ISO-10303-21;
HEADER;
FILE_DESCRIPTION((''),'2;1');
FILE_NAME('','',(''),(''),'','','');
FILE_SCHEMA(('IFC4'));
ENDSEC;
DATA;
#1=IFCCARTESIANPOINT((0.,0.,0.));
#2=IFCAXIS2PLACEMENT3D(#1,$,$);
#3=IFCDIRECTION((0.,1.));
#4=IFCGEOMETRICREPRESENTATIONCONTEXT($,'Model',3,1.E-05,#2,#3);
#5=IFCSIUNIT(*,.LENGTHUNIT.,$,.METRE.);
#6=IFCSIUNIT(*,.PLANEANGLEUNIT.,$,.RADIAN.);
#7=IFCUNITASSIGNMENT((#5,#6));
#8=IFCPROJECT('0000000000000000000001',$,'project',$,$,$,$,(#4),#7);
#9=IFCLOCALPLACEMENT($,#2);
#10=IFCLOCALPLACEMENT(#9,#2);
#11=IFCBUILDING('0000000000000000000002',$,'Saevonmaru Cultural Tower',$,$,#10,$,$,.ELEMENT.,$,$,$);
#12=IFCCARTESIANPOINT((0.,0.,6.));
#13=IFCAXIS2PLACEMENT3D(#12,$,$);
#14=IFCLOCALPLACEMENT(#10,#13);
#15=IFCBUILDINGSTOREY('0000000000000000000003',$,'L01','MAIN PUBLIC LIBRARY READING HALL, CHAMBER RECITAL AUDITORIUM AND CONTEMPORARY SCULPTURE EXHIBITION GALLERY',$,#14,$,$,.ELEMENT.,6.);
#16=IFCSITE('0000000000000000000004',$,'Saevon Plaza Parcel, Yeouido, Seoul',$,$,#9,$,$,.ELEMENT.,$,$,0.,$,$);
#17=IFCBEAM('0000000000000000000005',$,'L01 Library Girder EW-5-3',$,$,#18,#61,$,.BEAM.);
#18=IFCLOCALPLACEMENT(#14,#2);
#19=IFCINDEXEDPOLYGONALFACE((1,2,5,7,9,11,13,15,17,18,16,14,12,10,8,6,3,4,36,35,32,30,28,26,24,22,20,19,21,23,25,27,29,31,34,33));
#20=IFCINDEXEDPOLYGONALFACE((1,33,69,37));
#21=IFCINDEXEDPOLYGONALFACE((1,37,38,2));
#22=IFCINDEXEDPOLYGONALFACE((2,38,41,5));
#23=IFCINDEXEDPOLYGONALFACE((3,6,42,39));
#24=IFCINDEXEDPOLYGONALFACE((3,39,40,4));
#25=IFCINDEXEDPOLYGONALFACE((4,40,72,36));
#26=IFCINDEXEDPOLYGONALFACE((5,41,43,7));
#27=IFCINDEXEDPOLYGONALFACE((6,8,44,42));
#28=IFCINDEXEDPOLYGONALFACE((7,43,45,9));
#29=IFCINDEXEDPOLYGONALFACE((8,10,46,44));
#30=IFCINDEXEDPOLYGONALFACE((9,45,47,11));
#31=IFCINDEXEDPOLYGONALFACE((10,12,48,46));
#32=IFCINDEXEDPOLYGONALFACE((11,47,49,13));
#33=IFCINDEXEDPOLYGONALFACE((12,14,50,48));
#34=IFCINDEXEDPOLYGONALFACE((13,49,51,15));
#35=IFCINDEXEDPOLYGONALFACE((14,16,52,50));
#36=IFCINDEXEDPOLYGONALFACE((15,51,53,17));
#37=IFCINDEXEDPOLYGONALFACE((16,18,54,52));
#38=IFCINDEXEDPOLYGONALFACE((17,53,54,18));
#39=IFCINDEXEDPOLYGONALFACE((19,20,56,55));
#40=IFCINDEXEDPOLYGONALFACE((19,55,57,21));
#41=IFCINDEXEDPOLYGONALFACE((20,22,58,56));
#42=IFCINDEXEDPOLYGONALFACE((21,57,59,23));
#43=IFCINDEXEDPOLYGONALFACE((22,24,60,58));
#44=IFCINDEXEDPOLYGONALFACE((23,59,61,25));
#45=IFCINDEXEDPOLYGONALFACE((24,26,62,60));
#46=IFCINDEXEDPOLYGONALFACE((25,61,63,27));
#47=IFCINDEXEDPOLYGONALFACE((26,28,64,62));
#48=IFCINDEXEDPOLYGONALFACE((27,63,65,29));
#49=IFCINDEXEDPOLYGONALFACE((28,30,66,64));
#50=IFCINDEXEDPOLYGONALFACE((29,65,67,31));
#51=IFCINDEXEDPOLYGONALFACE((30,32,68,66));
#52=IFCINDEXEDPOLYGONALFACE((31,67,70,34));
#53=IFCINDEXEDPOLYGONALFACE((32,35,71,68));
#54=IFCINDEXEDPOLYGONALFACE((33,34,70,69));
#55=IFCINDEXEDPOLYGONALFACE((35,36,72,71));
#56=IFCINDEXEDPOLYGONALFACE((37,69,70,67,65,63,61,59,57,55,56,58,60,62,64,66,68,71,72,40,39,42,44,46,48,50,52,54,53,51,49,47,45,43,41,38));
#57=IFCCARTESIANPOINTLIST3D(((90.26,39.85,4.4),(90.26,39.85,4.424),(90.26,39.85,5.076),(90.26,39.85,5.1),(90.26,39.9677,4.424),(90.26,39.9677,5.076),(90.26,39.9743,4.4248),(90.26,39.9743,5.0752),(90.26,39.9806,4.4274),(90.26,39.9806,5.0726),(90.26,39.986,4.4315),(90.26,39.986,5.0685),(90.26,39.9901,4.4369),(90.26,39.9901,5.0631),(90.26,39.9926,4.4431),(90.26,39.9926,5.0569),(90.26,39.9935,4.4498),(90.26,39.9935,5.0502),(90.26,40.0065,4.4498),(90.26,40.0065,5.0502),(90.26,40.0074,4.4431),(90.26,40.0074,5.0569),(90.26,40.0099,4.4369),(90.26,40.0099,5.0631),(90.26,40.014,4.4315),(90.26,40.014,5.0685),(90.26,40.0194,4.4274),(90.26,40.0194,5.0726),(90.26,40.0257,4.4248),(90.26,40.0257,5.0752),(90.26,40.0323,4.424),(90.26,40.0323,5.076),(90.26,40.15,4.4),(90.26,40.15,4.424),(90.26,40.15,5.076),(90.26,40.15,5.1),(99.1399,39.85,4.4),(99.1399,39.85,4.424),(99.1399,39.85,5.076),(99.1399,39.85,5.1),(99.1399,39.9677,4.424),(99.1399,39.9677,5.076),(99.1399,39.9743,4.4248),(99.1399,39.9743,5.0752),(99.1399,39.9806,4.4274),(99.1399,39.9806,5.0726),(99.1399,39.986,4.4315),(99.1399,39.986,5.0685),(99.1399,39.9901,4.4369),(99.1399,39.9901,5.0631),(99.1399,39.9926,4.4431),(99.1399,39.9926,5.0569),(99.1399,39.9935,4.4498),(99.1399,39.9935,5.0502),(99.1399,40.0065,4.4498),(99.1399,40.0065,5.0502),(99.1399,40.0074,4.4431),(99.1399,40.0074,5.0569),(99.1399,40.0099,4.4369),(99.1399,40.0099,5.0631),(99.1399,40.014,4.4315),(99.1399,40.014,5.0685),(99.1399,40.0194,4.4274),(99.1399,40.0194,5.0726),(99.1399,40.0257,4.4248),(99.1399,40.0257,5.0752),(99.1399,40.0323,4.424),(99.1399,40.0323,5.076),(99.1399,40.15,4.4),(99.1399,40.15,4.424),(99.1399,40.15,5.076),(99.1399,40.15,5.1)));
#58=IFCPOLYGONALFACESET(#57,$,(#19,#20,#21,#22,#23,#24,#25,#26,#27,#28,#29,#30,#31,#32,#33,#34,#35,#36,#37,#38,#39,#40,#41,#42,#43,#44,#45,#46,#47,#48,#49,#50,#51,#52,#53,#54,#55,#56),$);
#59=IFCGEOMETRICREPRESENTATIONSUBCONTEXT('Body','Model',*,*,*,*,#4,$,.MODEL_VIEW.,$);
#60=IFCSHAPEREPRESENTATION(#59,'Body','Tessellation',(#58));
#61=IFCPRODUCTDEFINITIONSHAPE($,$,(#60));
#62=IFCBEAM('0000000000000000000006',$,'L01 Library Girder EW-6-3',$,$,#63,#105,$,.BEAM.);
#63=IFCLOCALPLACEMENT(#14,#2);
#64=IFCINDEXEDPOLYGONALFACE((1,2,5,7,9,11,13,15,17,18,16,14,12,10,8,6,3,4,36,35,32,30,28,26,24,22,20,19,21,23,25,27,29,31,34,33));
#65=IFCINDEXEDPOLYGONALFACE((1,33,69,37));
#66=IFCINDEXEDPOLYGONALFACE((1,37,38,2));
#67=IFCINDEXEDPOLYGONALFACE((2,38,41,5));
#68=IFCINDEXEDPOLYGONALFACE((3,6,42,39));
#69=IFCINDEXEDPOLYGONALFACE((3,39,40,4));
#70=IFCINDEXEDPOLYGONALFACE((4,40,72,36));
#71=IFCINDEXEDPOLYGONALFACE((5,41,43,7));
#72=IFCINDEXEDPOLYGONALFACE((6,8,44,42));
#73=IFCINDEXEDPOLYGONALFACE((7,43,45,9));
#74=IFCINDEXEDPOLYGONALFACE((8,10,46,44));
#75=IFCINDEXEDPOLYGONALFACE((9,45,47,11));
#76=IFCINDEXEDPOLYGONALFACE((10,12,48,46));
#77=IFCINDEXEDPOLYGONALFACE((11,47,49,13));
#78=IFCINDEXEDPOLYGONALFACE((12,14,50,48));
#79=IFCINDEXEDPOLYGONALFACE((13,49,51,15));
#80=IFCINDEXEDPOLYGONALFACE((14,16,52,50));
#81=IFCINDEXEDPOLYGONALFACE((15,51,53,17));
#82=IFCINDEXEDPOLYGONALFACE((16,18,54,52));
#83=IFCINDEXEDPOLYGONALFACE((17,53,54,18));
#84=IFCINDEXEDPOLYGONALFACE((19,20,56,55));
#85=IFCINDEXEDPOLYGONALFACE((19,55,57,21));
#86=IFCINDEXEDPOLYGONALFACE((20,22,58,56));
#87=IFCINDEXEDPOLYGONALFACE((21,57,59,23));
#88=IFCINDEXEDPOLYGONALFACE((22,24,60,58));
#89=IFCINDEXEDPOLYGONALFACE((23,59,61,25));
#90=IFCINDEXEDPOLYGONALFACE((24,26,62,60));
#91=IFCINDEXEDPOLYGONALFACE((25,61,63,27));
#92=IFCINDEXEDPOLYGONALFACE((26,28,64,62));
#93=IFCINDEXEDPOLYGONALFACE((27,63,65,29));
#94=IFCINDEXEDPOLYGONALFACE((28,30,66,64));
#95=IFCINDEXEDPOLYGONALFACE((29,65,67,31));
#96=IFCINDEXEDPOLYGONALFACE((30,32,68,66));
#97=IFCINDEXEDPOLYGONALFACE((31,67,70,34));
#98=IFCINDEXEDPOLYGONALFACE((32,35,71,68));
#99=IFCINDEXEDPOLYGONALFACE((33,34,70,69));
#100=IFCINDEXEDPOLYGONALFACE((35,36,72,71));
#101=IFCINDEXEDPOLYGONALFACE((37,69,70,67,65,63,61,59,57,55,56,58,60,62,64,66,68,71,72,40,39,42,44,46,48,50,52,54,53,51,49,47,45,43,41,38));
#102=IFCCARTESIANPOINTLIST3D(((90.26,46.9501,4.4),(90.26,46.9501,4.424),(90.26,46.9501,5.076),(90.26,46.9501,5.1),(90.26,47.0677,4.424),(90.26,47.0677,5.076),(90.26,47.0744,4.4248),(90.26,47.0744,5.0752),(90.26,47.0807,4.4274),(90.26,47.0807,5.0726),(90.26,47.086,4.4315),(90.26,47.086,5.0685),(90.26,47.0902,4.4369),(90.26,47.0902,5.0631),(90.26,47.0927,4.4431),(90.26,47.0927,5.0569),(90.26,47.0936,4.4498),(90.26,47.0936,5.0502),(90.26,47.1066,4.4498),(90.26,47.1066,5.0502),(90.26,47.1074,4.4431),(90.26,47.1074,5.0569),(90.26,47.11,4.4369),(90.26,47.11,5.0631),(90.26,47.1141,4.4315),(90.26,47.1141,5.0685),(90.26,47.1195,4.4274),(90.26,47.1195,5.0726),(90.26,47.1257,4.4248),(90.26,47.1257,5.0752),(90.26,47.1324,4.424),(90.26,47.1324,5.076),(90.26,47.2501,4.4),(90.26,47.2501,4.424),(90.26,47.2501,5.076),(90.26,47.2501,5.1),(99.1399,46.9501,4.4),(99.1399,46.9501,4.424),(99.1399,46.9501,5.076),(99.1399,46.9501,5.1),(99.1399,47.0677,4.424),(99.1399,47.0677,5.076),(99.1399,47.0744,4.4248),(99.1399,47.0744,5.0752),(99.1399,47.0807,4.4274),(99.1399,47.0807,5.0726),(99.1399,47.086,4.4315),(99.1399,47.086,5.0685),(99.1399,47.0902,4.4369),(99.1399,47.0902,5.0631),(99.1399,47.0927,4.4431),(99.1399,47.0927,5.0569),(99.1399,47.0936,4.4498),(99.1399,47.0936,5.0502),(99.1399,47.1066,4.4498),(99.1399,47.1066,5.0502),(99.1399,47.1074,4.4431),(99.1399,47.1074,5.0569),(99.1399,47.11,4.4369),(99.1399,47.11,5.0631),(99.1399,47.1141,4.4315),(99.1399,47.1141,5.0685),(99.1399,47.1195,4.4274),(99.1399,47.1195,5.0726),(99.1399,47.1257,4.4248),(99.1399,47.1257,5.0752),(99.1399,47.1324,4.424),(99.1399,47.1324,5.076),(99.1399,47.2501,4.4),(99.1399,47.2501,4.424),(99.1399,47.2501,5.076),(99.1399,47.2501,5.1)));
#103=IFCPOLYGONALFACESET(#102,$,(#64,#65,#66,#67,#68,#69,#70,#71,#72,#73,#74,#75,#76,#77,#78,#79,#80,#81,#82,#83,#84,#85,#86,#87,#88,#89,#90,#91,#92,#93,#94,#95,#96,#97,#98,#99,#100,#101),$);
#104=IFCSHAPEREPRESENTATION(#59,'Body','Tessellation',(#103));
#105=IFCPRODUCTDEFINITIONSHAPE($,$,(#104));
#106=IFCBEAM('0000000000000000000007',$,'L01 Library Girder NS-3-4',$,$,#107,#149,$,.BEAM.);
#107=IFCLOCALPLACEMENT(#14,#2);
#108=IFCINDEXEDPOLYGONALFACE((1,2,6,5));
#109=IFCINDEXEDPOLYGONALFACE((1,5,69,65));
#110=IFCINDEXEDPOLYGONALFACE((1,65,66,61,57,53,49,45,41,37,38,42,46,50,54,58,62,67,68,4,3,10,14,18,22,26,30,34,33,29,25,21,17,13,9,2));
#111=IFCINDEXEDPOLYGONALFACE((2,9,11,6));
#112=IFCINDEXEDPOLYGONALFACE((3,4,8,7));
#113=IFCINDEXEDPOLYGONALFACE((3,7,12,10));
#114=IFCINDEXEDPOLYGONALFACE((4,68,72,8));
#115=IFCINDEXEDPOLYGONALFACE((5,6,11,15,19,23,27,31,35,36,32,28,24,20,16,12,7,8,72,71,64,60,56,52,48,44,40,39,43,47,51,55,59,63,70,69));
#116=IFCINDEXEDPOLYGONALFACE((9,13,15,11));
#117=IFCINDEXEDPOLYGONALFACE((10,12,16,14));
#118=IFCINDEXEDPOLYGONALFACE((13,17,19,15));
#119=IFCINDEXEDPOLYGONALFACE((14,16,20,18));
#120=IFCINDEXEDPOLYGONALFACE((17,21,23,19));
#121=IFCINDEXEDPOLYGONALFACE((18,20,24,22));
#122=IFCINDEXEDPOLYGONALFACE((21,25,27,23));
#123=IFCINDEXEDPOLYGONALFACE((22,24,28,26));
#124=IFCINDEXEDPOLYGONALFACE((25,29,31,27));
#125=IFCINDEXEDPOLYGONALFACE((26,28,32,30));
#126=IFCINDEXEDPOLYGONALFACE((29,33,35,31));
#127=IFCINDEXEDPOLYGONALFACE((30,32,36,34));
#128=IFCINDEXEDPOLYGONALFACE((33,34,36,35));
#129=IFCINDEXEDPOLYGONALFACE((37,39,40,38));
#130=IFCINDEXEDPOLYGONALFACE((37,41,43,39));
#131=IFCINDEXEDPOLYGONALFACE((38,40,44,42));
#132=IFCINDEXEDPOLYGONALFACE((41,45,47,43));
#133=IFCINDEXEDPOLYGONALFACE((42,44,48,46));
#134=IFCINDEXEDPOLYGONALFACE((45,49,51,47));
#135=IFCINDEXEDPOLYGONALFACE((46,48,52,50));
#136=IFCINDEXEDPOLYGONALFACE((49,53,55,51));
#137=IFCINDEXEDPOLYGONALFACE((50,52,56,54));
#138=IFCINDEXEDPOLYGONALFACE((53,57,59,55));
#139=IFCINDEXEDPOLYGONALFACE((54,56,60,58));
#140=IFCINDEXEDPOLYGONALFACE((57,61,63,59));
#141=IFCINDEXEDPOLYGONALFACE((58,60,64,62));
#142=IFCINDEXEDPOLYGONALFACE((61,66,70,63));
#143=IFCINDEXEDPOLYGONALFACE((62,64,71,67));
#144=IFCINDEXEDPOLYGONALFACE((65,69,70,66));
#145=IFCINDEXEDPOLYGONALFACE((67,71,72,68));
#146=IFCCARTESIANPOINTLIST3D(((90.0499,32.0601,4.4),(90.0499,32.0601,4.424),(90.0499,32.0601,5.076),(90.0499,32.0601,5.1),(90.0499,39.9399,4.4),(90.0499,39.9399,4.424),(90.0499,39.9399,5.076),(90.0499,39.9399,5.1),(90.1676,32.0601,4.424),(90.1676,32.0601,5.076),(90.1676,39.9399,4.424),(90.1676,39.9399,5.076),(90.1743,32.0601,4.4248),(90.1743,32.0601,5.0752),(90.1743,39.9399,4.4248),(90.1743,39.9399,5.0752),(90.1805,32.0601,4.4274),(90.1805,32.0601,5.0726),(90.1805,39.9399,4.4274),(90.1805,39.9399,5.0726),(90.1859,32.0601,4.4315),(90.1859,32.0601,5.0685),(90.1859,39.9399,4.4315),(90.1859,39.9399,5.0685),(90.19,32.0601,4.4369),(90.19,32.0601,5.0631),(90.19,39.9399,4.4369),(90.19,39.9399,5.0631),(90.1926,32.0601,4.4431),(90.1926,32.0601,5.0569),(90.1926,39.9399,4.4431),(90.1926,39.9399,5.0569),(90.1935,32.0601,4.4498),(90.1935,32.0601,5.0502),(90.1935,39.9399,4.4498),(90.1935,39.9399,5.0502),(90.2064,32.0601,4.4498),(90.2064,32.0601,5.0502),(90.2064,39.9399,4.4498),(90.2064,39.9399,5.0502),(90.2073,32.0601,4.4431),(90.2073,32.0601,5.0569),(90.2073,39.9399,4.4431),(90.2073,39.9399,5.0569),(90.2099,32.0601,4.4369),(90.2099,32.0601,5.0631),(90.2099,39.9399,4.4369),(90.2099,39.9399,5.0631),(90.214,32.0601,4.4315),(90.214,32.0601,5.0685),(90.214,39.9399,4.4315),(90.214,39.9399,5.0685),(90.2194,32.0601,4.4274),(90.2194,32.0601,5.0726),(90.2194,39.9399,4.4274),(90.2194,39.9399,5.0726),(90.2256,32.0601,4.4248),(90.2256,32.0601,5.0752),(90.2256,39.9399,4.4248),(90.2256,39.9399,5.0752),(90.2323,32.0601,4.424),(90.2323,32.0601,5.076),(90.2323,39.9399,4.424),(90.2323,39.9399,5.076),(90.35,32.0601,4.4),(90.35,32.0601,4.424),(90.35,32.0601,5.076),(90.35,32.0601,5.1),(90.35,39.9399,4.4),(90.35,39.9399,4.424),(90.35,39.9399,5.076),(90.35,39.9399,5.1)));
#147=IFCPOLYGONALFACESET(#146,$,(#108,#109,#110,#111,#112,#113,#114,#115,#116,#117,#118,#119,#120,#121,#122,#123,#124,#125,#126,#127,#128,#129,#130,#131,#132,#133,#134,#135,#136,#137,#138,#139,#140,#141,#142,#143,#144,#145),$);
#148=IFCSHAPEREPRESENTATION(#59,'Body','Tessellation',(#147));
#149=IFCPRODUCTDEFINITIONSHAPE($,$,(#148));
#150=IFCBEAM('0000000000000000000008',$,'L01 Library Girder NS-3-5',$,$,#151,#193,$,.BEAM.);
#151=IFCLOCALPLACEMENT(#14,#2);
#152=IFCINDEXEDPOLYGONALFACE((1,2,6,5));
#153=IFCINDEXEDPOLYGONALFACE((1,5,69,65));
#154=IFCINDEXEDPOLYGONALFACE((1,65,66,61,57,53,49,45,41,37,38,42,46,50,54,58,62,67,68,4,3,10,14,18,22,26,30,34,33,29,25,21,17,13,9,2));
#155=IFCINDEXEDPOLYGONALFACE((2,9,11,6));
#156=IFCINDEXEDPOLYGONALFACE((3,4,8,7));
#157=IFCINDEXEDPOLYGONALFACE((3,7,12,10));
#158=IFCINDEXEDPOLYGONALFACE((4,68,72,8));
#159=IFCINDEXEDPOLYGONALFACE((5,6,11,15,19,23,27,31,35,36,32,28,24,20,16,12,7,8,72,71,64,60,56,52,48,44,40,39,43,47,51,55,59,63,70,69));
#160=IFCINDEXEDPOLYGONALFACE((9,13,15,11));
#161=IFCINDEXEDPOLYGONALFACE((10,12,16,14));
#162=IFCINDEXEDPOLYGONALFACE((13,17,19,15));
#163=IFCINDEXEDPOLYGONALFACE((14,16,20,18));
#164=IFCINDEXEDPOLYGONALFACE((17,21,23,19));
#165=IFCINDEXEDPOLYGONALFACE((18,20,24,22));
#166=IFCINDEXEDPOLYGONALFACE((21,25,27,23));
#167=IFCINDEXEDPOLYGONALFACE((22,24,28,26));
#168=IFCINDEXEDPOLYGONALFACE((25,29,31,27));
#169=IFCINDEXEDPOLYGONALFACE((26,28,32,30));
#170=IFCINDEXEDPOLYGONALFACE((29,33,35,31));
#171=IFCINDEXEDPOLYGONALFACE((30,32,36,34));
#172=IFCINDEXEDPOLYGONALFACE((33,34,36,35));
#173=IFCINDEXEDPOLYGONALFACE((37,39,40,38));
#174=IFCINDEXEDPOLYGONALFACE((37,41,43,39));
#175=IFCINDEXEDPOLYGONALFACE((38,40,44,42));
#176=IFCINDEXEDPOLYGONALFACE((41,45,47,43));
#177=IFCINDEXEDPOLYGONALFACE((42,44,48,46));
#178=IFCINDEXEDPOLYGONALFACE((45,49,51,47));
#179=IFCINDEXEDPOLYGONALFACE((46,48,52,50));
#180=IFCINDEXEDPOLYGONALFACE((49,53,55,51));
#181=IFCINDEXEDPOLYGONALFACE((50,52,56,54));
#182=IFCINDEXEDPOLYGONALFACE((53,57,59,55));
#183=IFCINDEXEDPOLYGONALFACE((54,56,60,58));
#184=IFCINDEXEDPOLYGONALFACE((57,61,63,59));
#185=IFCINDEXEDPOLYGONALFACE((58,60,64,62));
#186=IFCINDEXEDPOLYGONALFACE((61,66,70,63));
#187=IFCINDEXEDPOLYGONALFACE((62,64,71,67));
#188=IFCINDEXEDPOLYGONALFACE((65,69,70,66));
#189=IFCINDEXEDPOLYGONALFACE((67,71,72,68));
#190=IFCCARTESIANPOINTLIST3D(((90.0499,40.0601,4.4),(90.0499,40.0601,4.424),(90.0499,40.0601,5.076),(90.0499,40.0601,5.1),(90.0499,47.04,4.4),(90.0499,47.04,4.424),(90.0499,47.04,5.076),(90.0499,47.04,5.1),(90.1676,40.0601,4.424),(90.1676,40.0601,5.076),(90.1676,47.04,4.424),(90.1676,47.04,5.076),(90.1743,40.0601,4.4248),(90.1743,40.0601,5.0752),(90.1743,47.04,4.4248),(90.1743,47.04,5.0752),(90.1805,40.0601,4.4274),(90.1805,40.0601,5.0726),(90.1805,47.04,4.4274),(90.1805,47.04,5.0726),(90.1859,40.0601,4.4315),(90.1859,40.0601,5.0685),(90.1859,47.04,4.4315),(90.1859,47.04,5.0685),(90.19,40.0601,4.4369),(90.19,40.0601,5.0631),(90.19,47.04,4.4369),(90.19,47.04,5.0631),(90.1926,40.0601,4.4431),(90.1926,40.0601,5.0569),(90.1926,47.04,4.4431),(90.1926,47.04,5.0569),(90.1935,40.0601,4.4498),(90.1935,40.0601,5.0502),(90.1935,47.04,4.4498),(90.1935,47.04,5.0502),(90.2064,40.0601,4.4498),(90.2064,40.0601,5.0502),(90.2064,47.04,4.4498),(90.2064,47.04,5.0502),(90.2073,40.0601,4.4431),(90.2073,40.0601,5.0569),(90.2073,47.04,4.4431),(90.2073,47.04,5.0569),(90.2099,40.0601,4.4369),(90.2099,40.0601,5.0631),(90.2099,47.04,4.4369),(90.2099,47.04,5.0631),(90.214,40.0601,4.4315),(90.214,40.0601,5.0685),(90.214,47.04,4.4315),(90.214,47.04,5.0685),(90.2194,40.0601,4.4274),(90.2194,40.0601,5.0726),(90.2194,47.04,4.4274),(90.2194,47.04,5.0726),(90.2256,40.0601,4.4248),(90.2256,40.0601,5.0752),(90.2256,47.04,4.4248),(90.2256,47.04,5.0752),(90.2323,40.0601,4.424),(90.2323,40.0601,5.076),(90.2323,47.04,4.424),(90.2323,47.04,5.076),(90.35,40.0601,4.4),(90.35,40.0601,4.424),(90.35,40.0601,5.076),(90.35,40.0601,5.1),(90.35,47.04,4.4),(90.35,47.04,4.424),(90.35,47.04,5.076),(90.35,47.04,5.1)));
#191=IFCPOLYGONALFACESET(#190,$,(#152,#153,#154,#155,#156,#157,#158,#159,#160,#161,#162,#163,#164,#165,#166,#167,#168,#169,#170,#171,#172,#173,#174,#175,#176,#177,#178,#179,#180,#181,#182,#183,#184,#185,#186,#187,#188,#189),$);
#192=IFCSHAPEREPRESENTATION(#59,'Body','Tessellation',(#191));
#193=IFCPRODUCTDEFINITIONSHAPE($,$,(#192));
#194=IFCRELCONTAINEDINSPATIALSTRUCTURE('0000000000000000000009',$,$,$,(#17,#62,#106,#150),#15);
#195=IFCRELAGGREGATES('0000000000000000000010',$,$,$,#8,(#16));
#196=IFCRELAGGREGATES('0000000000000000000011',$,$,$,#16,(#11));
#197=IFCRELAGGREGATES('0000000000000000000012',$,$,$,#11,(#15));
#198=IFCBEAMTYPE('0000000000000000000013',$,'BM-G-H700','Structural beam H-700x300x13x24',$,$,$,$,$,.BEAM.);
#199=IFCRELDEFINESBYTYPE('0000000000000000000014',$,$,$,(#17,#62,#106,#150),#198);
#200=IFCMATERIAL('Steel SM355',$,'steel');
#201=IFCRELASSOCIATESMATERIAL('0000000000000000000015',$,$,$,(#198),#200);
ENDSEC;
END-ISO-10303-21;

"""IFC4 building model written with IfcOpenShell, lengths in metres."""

from ifc_helpers import new_model, si_unit, direction, frame, origin, origin_2d, place, context, subcontext, project, spatial, i_section, extrude, material, material_profile, profile_set, type_object, element, save


model = new_model("IFC4")

# Units and contexts
model_context = context("Model", 3, precision=1e-05, world=origin(), true_north=direction((0.0, 1.0)))
body_context = subcontext(model_context, "Body", "Model", "MODEL_VIEW")
ifc_project = project(units=[si_unit("LENGTHUNIT", "METRE"), si_unit("PLANEANGLEUNIT", "RADIAN")], contexts=[model_context])

# Site, building, storey
site_placement = place(None, origin())
site = spatial("IfcSite", under=ifc_project, at=site_placement, Name="Saevon Plaza Parcel, Yeouido, Seoul", CompositionType="ELEMENT", RefElevation=0.0)
building_placement = place(site_placement, origin())
building = spatial("IfcBuilding", under=site, at=building_placement, Name="Saevonmaru Cultural Tower", CompositionType="ELEMENT")
storey_placement = place(building_placement, frame((0.0, 0.0, 6.0)))
storey = spatial("IfcBuildingStorey", under=building, at=storey_placement, Name="L01", Description="MAIN PUBLIC LIBRARY READING HALL, CHAMBER RECITAL AUDITORIUM AND CONTEMPORARY SCULPTURE EXHIBITION GALLERY", CompositionType="ELEMENT", Elevation=6.0)

# Shared definitions
ifc_material_1 = material(Name="Steel SM355", Category="steel")

# Beams
ifc_material_profile_1 = material_profile(ifc_material_1, i_section(OverallWidth=0.3, OverallDepth=0.7, WebThickness=0.0129, FlangeThickness=0.0239, FilletRadius=0.0259, at=origin_2d()), Name="H-700x300x13x24")
ifc_profile_set_1 = profile_set([ifc_material_profile_1], Name="Steel SM355")
beam_type = type_object("IfcBeamType", Name="BM-G-H700", Description="Structural beam H-700x300x13x24", PredefinedType="BEAM", material=ifc_profile_set_1)
for number, where, z_axis, x_axis, name in (
    (1, (90.26, 40.0, 4.75), (1.0, 0.0, 0.0), (0.0, 1.0, 0.0), "L01 Library Girder EW-5-3"),
    (2, (90.26, 47.1001, 4.75), (1.0, 0.0, 0.0), (0.0, 1.0, 0.0), "L01 Library Girder EW-6-3"),
):
    element("IfcBeam", number, at=place(storey_placement, frame(where, z_axis=z_axis, x_axis=x_axis)), inside=storey, type_object=beam_type, Name=name, PredefinedType="BEAM", context=body_context, shape_type="SweptSolid", body=[
        extrude(i_section(OverallWidth=0.3, OverallDepth=0.7, WebThickness=0.0129, FlangeThickness=0.0239, FilletRadius=0.0259, at=origin_2d()), origin(), (0.0, 0.0, 1.0), 8.8799),
    ])
beam_1_placement = place(storey_placement, frame((90.2, 32.0601, 4.75), z_axis=(0.0, 1.0, 0.0), x_axis=(-1.0, 0.0, 0.0)))
element("IfcBeam", 3, at=beam_1_placement, inside=storey, type_object=beam_type, Name="L01 Library Girder NS-3-4", PredefinedType="BEAM", context=body_context, shape_type="SweptSolid", body=[
    extrude(i_section(OverallWidth=0.3, OverallDepth=0.7, WebThickness=0.0129, FlangeThickness=0.0239, FilletRadius=0.0259, at=origin_2d()), origin(), (0.0, 0.0, 1.0), 7.8799),
])
beam_2_placement = place(storey_placement, frame((90.2, 40.0601, 4.75), z_axis=(0.0, 1.0, 0.0), x_axis=(-1.0, 0.0, 0.0)))
element("IfcBeam", 4, at=beam_2_placement, inside=storey, type_object=beam_type, Name="L01 Library Girder NS-3-5", PredefinedType="BEAM", context=body_context, shape_type="SweptSolid", body=[
    extrude(i_section(OverallWidth=0.3, OverallDepth=0.7, WebThickness=0.0129, FlangeThickness=0.0239, FilletRadius=0.0259, at=origin_2d()), origin(), (0.0, 0.0, 1.0), 6.98),
])

save(model, "model.ifc")
